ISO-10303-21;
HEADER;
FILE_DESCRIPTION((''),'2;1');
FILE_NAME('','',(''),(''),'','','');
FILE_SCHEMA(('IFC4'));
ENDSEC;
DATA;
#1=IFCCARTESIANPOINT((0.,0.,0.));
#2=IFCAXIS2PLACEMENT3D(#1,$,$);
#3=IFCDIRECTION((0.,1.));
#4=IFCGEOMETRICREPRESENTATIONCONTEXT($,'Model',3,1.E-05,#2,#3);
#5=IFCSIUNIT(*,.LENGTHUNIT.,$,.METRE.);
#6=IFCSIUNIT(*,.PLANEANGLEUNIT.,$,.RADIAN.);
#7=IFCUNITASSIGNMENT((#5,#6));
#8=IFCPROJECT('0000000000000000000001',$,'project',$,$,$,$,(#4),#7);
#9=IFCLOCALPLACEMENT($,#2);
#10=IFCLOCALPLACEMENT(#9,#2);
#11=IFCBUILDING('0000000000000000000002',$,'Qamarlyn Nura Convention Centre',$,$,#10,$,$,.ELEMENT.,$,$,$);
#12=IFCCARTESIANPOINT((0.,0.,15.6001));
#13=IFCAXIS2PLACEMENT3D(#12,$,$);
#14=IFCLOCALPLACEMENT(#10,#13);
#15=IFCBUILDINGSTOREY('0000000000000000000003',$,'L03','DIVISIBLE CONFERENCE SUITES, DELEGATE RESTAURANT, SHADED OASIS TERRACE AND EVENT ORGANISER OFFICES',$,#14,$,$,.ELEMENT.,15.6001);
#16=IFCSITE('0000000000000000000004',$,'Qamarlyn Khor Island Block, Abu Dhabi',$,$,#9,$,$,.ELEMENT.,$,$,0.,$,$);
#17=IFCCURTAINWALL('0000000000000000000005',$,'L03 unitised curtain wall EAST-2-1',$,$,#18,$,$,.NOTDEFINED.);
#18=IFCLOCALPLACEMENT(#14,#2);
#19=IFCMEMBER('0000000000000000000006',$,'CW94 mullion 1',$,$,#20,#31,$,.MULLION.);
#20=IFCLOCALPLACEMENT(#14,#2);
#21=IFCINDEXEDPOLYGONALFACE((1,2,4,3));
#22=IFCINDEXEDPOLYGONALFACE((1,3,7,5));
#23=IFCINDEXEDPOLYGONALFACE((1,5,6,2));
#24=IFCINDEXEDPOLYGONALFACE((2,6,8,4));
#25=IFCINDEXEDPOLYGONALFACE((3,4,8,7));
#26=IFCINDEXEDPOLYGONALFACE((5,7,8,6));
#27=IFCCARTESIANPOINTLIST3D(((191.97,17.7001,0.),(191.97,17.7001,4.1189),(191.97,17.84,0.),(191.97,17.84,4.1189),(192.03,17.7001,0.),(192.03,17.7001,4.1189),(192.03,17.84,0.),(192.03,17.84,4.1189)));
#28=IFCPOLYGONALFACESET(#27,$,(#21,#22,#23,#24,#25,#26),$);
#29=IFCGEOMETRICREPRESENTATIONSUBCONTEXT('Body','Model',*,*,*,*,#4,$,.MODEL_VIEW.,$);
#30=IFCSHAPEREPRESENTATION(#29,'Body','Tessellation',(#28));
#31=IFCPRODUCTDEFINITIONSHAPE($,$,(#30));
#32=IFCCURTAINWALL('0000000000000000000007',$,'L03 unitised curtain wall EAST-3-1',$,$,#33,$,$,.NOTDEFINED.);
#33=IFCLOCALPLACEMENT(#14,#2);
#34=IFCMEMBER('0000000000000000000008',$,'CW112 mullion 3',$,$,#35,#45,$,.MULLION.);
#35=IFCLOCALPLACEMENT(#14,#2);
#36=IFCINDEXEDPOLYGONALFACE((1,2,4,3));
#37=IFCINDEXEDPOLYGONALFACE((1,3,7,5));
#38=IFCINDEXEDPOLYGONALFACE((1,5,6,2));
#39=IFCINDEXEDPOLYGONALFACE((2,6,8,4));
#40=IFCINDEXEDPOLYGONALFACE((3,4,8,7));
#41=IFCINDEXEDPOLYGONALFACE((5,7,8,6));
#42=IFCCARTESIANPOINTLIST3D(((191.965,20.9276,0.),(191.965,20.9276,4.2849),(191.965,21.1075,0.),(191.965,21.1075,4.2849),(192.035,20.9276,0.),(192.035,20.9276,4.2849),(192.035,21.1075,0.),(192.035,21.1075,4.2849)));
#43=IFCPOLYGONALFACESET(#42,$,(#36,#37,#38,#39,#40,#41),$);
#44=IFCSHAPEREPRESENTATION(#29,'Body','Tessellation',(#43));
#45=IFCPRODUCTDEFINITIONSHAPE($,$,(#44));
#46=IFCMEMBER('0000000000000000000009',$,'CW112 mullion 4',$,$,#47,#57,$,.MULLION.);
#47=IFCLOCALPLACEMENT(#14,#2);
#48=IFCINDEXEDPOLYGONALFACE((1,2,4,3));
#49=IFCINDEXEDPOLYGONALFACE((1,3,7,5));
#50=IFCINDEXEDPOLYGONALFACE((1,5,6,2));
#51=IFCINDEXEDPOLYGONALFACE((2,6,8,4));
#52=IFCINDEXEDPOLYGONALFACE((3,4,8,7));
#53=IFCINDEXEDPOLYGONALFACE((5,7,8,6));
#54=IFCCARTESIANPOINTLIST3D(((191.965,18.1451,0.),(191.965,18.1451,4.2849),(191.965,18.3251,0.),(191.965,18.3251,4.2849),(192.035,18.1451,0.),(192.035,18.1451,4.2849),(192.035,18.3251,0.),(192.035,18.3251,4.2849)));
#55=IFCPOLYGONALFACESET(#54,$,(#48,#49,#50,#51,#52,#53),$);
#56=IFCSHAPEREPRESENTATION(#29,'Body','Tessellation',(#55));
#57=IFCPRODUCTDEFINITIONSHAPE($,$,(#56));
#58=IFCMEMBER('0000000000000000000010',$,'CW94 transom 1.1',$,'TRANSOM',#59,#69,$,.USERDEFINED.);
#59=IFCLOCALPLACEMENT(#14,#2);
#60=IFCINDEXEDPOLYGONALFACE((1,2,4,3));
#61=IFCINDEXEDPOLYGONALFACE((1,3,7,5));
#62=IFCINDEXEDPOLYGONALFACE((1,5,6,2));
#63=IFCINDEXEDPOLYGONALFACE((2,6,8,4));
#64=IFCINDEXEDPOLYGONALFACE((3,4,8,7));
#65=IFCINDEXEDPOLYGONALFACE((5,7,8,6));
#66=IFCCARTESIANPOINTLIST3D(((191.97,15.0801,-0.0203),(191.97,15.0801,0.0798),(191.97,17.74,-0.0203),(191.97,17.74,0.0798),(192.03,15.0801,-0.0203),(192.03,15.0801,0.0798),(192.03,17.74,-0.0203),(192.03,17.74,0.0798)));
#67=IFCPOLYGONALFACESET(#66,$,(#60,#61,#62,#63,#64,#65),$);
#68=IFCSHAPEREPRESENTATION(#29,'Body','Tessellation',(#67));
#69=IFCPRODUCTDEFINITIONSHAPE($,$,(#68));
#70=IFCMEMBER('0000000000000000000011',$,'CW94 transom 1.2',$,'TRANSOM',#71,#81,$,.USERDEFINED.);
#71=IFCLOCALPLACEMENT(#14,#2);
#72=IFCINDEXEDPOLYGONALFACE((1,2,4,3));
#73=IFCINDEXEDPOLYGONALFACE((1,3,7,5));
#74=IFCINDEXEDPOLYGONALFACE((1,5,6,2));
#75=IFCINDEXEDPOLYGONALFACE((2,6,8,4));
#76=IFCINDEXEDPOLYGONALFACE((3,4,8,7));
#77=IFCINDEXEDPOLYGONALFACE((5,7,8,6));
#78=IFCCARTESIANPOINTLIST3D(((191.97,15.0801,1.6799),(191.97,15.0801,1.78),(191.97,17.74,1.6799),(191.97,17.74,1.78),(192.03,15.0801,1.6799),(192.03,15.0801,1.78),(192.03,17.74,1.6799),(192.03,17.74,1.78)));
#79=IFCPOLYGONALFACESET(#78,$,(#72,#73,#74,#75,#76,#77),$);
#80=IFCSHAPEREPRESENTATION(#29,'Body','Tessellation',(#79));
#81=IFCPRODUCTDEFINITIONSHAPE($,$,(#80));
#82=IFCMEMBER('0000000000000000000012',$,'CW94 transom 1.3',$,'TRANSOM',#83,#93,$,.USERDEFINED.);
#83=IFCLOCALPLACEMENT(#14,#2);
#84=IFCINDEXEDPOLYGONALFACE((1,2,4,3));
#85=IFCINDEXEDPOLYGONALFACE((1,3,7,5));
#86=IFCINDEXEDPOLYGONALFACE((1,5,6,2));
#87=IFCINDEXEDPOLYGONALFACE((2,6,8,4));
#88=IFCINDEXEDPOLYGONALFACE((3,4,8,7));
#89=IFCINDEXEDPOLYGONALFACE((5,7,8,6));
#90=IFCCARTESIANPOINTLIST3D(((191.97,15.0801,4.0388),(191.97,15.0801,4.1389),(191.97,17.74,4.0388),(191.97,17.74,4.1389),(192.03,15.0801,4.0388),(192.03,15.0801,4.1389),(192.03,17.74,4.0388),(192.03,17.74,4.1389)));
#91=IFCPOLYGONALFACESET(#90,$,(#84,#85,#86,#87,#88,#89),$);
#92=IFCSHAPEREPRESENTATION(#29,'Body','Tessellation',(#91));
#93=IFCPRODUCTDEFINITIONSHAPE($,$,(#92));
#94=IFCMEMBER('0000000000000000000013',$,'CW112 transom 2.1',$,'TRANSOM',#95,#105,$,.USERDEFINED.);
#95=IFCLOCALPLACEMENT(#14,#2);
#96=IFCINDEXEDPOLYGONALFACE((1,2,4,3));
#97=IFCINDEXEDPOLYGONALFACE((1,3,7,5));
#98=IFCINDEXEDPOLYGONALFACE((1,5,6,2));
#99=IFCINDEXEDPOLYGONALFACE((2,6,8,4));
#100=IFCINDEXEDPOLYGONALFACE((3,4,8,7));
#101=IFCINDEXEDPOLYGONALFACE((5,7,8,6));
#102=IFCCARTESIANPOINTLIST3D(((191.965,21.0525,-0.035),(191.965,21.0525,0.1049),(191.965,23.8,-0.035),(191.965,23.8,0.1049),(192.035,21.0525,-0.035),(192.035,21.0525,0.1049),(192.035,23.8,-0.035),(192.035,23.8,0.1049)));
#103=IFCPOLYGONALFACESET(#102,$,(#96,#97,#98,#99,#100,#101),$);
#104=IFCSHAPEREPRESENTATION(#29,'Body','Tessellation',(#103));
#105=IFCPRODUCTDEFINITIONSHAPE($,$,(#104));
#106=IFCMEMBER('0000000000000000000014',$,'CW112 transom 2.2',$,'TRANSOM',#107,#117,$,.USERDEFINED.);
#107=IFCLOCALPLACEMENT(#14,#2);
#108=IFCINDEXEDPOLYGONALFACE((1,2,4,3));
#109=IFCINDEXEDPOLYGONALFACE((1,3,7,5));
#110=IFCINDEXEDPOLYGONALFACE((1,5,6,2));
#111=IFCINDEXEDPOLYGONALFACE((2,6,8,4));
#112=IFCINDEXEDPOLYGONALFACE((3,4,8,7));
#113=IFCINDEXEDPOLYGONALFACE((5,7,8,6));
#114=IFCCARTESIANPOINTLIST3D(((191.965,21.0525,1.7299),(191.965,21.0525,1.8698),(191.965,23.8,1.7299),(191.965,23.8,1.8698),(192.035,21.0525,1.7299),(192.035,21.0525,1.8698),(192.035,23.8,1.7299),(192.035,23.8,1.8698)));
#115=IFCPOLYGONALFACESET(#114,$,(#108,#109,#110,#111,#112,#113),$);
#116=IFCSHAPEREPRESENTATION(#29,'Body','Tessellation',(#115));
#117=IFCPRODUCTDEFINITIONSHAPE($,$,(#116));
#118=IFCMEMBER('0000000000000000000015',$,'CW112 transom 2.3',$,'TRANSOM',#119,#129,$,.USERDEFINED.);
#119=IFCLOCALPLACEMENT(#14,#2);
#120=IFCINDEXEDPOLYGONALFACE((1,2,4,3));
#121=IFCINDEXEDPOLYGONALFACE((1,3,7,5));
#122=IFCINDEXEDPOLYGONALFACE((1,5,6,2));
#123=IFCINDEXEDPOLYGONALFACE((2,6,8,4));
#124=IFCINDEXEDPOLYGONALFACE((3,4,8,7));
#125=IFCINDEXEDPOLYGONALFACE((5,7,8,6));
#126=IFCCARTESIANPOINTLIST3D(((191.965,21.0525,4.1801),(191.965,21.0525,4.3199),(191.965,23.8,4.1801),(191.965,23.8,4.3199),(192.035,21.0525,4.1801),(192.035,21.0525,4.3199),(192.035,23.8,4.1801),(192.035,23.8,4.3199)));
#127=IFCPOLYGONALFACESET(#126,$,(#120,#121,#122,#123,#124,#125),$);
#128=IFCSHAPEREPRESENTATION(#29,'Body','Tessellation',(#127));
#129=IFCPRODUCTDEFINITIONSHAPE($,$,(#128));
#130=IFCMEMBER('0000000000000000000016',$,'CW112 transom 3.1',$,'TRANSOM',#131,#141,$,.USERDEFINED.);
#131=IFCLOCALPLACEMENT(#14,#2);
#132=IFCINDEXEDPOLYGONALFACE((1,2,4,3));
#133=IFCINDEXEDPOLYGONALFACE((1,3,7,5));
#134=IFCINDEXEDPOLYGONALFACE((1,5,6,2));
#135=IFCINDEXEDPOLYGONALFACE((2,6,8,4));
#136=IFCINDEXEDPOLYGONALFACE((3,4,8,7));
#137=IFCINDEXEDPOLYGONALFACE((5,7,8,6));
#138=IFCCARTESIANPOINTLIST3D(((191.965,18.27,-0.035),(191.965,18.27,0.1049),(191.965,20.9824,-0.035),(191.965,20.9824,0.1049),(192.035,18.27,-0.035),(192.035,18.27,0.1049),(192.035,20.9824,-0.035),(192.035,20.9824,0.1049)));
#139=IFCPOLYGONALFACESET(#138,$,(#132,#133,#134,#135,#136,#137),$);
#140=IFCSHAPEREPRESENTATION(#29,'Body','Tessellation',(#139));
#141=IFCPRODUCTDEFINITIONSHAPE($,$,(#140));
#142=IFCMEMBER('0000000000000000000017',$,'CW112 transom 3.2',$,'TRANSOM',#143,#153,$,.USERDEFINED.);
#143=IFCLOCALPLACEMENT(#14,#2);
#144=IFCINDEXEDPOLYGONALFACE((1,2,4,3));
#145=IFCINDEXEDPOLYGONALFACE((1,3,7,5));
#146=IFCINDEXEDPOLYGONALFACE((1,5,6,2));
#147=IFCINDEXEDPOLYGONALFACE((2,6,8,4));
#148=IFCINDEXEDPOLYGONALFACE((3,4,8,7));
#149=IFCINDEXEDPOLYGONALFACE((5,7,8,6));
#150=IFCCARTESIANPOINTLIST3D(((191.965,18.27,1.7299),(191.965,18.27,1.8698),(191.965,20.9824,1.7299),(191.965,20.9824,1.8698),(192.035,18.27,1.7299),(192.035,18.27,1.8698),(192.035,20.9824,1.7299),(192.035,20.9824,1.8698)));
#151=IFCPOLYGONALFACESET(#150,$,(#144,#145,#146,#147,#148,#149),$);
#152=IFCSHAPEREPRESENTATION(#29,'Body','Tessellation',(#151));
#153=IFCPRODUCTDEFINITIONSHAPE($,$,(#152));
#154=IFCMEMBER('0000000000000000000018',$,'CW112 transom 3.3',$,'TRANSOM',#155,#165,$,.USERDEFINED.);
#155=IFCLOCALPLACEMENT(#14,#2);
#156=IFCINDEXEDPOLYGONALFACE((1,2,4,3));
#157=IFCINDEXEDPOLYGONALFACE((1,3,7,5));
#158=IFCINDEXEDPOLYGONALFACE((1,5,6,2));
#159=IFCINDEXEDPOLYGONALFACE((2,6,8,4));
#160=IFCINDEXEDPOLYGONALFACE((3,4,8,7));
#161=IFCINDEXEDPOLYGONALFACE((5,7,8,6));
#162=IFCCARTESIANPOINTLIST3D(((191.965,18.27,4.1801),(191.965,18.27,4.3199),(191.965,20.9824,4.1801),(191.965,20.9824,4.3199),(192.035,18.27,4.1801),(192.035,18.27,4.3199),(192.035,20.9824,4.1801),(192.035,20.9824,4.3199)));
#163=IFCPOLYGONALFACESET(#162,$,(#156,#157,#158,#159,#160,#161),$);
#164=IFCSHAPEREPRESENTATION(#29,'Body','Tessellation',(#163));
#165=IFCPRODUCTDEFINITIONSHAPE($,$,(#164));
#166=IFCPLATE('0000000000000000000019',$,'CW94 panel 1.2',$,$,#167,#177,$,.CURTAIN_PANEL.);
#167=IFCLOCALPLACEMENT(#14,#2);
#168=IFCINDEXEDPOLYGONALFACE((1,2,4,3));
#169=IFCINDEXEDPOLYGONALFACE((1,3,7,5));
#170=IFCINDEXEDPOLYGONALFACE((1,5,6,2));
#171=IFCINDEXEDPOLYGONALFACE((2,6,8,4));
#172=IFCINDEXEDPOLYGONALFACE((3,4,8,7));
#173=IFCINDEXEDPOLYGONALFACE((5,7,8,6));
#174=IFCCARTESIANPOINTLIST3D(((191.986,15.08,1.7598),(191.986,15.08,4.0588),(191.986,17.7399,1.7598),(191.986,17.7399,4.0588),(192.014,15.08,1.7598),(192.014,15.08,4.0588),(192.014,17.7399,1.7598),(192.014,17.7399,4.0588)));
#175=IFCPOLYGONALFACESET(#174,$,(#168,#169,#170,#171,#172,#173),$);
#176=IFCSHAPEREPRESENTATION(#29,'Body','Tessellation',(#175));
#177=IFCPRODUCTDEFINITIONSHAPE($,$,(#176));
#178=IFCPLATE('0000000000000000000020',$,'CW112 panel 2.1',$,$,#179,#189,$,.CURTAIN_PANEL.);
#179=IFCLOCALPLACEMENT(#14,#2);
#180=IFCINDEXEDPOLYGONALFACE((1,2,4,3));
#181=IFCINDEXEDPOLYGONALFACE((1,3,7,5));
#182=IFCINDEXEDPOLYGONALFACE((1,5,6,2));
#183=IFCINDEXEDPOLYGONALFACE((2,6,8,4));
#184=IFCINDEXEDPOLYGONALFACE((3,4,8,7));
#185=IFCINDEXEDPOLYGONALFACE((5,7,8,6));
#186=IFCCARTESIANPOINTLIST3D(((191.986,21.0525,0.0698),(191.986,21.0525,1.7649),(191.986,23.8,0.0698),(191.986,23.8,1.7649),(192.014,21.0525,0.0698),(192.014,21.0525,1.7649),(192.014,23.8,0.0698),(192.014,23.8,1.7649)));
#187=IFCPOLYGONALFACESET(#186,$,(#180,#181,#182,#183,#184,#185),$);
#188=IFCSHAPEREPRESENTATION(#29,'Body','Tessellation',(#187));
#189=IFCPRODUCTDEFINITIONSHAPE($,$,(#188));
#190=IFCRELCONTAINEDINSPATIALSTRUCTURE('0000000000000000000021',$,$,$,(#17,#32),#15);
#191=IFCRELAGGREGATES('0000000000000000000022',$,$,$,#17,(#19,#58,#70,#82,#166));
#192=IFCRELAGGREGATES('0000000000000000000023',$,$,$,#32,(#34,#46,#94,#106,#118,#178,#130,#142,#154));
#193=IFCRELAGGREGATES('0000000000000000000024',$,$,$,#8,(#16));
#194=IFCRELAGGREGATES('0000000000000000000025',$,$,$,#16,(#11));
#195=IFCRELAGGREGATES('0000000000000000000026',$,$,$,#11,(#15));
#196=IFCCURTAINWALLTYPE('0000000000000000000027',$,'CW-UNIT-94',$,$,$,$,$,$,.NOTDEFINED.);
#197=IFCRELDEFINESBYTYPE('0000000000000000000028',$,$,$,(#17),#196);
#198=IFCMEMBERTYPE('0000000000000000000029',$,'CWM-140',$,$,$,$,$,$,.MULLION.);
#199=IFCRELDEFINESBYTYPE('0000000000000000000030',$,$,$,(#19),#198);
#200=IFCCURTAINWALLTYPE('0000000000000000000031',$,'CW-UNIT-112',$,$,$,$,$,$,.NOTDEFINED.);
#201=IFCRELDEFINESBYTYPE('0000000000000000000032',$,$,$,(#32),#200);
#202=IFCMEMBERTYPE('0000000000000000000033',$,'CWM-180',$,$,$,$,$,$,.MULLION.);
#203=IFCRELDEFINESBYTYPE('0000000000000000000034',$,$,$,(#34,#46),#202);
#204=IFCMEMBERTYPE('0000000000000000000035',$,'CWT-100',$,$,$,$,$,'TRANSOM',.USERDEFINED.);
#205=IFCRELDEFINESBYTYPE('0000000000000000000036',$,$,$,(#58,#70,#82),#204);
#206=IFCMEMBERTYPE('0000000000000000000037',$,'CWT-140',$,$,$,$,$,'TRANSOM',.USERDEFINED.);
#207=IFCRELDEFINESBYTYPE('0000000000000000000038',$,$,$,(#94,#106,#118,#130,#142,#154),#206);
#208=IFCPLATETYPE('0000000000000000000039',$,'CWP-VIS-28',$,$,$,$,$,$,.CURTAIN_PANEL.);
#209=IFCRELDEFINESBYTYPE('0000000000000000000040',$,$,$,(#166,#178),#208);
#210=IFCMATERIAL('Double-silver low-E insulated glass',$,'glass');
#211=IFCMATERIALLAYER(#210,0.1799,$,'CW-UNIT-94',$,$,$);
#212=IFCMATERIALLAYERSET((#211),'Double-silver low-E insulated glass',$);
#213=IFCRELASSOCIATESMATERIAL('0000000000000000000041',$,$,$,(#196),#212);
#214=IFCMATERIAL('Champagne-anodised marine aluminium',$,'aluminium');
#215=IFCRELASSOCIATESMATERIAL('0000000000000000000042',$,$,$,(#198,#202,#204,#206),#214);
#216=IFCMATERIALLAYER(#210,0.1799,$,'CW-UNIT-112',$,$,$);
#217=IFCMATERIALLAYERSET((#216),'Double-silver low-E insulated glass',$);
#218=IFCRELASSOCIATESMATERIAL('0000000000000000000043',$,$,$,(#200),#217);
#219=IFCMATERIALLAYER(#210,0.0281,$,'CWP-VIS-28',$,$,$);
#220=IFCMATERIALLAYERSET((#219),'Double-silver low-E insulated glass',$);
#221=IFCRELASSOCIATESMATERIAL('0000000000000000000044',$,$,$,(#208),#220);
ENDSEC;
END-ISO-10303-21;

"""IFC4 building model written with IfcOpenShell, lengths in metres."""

from ifc_helpers import new_model, si_unit, direction, frame, origin, origin_2d, place, context, subcontext, project, spatial, rectangle, extrude, material, layer, layer_set, material_profile, profile_set, type_object, element, aggregate, save


model = new_model("IFC4")

# Units and contexts
model_context = context("Model", 3, precision=1e-05, world=origin(), true_north=direction((0.0, 1.0)))
body_context = subcontext(model_context, "Body", "Model", "MODEL_VIEW")
ifc_project = project(units=[si_unit("LENGTHUNIT", "METRE"), si_unit("PLANEANGLEUNIT", "RADIAN")], contexts=[model_context])

# Site, building, storey
site_placement = place(None, origin())
site = spatial("IfcSite", under=ifc_project, at=site_placement, Name="Qamarlyn Khor Island Block, Abu Dhabi", CompositionType="ELEMENT", RefElevation=0.0)
building_placement = place(site_placement, origin())
building = spatial("IfcBuilding", under=site, at=building_placement, Name="Qamarlyn Nura Convention Centre", CompositionType="ELEMENT")
storey_placement = place(building_placement, frame((0.0, 0.0, 15.6001)))
storey = spatial("IfcBuildingStorey", under=building, at=storey_placement, Name="L03", Description="DIVISIBLE CONFERENCE SUITES, DELEGATE RESTAURANT, SHADED OASIS TERRACE AND EVENT ORGANISER OFFICES", CompositionType="ELEMENT", Elevation=15.6001)

# Curtain wall, member
ifc_material_1 = material(Name="Double-silver low-E insulated glass", Category="glass")
ifc_layer_1 = layer(ifc_material_1, 0.1799, Name="CW-UNIT-94")
ifc_layer_set_1 = layer_set([ifc_layer_1], Name="Double-silver low-E insulated glass")
curtain_wall_type_1 = type_object("IfcCurtainWallType", Name="CW-UNIT-94", PredefinedType="NOTDEFINED", material=ifc_layer_set_1)
curtain_wall_1_placement = place(storey_placement, origin())
curtain_wall_1 = element("IfcCurtainWall", 1, at=curtain_wall_1_placement, inside=storey, type_object=curtain_wall_type_1, Name="L03 unitised curtain wall EAST-2-1", PredefinedType="NOTDEFINED")
ifc_material_2 = material(Name="Champagne-anodised marine aluminium", Category="aluminium")
ifc_material_profile_1 = material_profile(ifc_material_2, rectangle(XDim=0.0601, YDim=0.1399, at=origin_2d()), Name="ALU MULLION 60x140")
ifc_profile_set_1 = profile_set([ifc_material_profile_1], Name="Champagne-anodised marine aluminium")
member_type_1 = type_object("IfcMemberType", Name="CWM-140", PredefinedType="MULLION", material=ifc_profile_set_1)
member_1_placement = place(storey_placement, frame((192.0, 17.77, 0.0), z_axis=(0.0, 0.0, 1.0), x_axis=(1.0, 0.0, 0.0)))
member_1 = element("IfcMember", 2, at=member_1_placement, type_object=member_type_1, Name="CW94 mullion 1", PredefinedType="MULLION", context=body_context, shape_type="SweptSolid", body=[
    extrude(rectangle(XDim=0.0601, YDim=0.1399, at=origin_2d()), origin(), (0.0, 0.0, 1.0), 4.1189),
])

# Curtain wall, members
ifc_layer_2 = layer(ifc_material_1, 0.1799, Name="CW-UNIT-112")
ifc_layer_set_2 = layer_set([ifc_layer_2], Name="Double-silver low-E insulated glass")
curtain_wall_type_2 = type_object("IfcCurtainWallType", Name="CW-UNIT-112", PredefinedType="NOTDEFINED", material=ifc_layer_set_2)
curtain_wall_2_placement = place(storey_placement, origin())
curtain_wall_2 = element("IfcCurtainWall", 3, at=curtain_wall_2_placement, inside=storey, type_object=curtain_wall_type_2, Name="L03 unitised curtain wall EAST-3-1", PredefinedType="NOTDEFINED")
ifc_material_profile_2 = material_profile(ifc_material_2, rectangle(XDim=0.0701, YDim=0.1799, at=origin_2d()), Name="ALU MULLION 70x180")
ifc_profile_set_2 = profile_set([ifc_material_profile_2], Name="Champagne-anodised marine aluminium")
member_type_2 = type_object("IfcMemberType", Name="CWM-180", PredefinedType="MULLION", material=ifc_profile_set_2)
member_2_placement = place(storey_placement, frame((192.0, 21.0176, 0.0), z_axis=(0.0, 0.0, 1.0), x_axis=(1.0, 0.0, 0.0)))
member_2 = element("IfcMember", 4, at=member_2_placement, type_object=member_type_2, Name="CW112 mullion 3", PredefinedType="MULLION", context=body_context, shape_type="SweptSolid", body=[
    extrude(rectangle(XDim=0.0701, YDim=0.1799, at=origin_2d()), origin(), (0.0, 0.0, 1.0), 4.2849),
])
member_3_placement = place(storey_placement, frame((192.0, 18.2351, 0.0), z_axis=(0.0, 0.0, 1.0), x_axis=(1.0, 0.0, 0.0)))
member_3 = element("IfcMember", 5, at=member_3_placement, type_object=member_type_2, Name="CW112 mullion 4", PredefinedType="MULLION", context=body_context, shape_type="SweptSolid", body=[
    extrude(rectangle(XDim=0.0701, YDim=0.1799, at=origin_2d()), origin(), (0.0, 0.0, 1.0), 4.2849),
])

# Members
ifc_material_profile_3 = material_profile(ifc_material_2, rectangle(XDim=0.0601, YDim=0.1001, at=origin_2d()), Name="ALU TRANSOM 60x100")
ifc_profile_set_3 = profile_set([ifc_material_profile_3], Name="Champagne-anodised marine aluminium")
member_type_3 = type_object("IfcMemberType", Name="CWT-100", ElementType="TRANSOM", PredefinedType="USERDEFINED", material=ifc_profile_set_3)
member_4_placement = place(storey_placement, frame((192.0, 17.74, 0.0298), z_axis=(0.0, -1.0, 0.0), x_axis=(1.0, 0.0, 0.0)))
member_4 = element("IfcMember", 6, at=member_4_placement, type_object=member_type_3, Name="CW94 transom 1.1", ObjectType="TRANSOM", PredefinedType="USERDEFINED", context=body_context, shape_type="SweptSolid", body=[
    extrude(rectangle(XDim=0.0601, YDim=0.1001, at=origin_2d()), origin(), (0.0, 0.0, 1.0), 2.6599),
])
member_5_placement = place(storey_placement, frame((192.0, 17.74, 1.73), z_axis=(0.0, -1.0, 0.0), x_axis=(1.0, 0.0, 0.0)))
member_5 = element("IfcMember", 7, at=member_5_placement, type_object=member_type_3, Name="CW94 transom 1.2", ObjectType="TRANSOM", PredefinedType="USERDEFINED", context=body_context, shape_type="SweptSolid", body=[
    extrude(rectangle(XDim=0.0601, YDim=0.1001, at=origin_2d()), origin(), (0.0, 0.0, 1.0), 2.6599),
])
member_6_placement = place(storey_placement, frame((192.0, 17.74, 4.0889), z_axis=(0.0, -1.0, 0.0), x_axis=(1.0, 0.0, 0.0)))
member_6 = element("IfcMember", 8, at=member_6_placement, type_object=member_type_3, Name="CW94 transom 1.3", ObjectType="TRANSOM", PredefinedType="USERDEFINED", context=body_context, shape_type="SweptSolid", body=[
    extrude(rectangle(XDim=0.0601, YDim=0.1001, at=origin_2d()), origin(), (0.0, 0.0, 1.0), 2.6599),
])
ifc_material_profile_4 = material_profile(ifc_material_2, rectangle(XDim=0.0701, YDim=0.1399, at=origin_2d()), Name="ALU TRANSOM 70x140")
ifc_profile_set_4 = profile_set([ifc_material_profile_4], Name="Champagne-anodised marine aluminium")
member_type_4 = type_object("IfcMemberType", Name="CWT-140", ElementType="TRANSOM", PredefinedType="USERDEFINED", material=ifc_profile_set_4)
member_7_placement = place(storey_placement, frame((192.0, 23.8, 0.0349), z_axis=(0.0, -1.0, 0.0), x_axis=(1.0, 0.0, 0.0)))
member_7 = element("IfcMember", 9, at=member_7_placement, type_object=member_type_4, Name="CW112 transom 2.1", ObjectType="TRANSOM", PredefinedType="USERDEFINED", context=body_context, shape_type="SweptSolid", body=[
    extrude(rectangle(XDim=0.0701, YDim=0.1399, at=origin_2d()), origin(), (0.0, 0.0, 1.0), 2.7476),
])
member_8_placement = place(storey_placement, frame((192.0, 23.8, 1.7998), z_axis=(0.0, -1.0, 0.0), x_axis=(1.0, 0.0, 0.0)))
member_8 = element("IfcMember", 10, at=member_8_placement, type_object=member_type_4, Name="CW112 transom 2.2", ObjectType="TRANSOM", PredefinedType="USERDEFINED", context=body_context, shape_type="SweptSolid", body=[
    extrude(rectangle(XDim=0.0701, YDim=0.1399, at=origin_2d()), origin(), (0.0, 0.0, 1.0), 2.7476),
])
member_9_placement = place(storey_placement, frame((192.0, 23.8, 4.25), z_axis=(0.0, -1.0, 0.0), x_axis=(1.0, 0.0, 0.0)))
member_9 = element("IfcMember", 11, at=member_9_placement, type_object=member_type_4, Name="CW112 transom 2.3", ObjectType="TRANSOM", PredefinedType="USERDEFINED", context=body_context, shape_type="SweptSolid", body=[
    extrude(rectangle(XDim=0.0701, YDim=0.1399, at=origin_2d()), origin(), (0.0, 0.0, 1.0), 2.7476),
])
member_10_placement = place(storey_placement, frame((192.0, 20.9824, 0.0349), z_axis=(0.0, -1.0, 0.0), x_axis=(1.0, 0.0, 0.0)))
member_10 = element("IfcMember", 12, at=member_10_placement, type_object=member_type_4, Name="CW112 transom 3.1", ObjectType="TRANSOM", PredefinedType="USERDEFINED", context=body_context, shape_type="SweptSolid", body=[
    extrude(rectangle(XDim=0.0701, YDim=0.1399, at=origin_2d()), origin(), (0.0, 0.0, 1.0), 2.7124),
])
member_11_placement = place(storey_placement, frame((192.0, 20.9824, 1.7998), z_axis=(0.0, -1.0, 0.0), x_axis=(1.0, 0.0, 0.0)))
member_11 = element("IfcMember", 13, at=member_11_placement, type_object=member_type_4, Name="CW112 transom 3.2", ObjectType="TRANSOM", PredefinedType="USERDEFINED", context=body_context, shape_type="SweptSolid", body=[
    extrude(rectangle(XDim=0.0701, YDim=0.1399, at=origin_2d()), origin(), (0.0, 0.0, 1.0), 2.7124),
])
member_12_placement = place(storey_placement, frame((192.0, 20.9824, 4.25), z_axis=(0.0, -1.0, 0.0), x_axis=(1.0, 0.0, 0.0)))
member_12 = element("IfcMember", 14, at=member_12_placement, type_object=member_type_4, Name="CW112 transom 3.3", ObjectType="TRANSOM", PredefinedType="USERDEFINED", context=body_context, shape_type="SweptSolid", body=[
    extrude(rectangle(XDim=0.0701, YDim=0.1399, at=origin_2d()), origin(), (0.0, 0.0, 1.0), 2.7124),
])

# Plates
ifc_layer_3 = layer(ifc_material_1, 0.0281, Name="CWP-VIS-28")
ifc_layer_set_3 = layer_set([ifc_layer_3], Name="Double-silver low-E insulated glass")
plate_type = type_object("IfcPlateType", Name="CWP-VIS-28", PredefinedType="CURTAIN_PANEL", material=ifc_layer_set_3)
plate_1_placement = place(storey_placement, frame((192.0, 16.4099, 1.7598), z_axis=(0.0, 0.0, 1.0), x_axis=(0.0, -1.0, 0.0)))
plate_1 = element("IfcPlate", 15, at=plate_1_placement, type_object=plate_type, Name="CW94 panel 1.2", PredefinedType="CURTAIN_PANEL", context=body_context, shape_type="SweptSolid", body=[
    extrude(rectangle(XDim=2.6599, YDim=0.0281, at=origin_2d()), origin(), (0.0, 0.0, 1.0), 2.2991),
])
aggregate(curtain_wall_1, [member_1, member_4, member_5, member_6, plate_1])
plate_2_placement = place(storey_placement, frame((192.0, 22.4263, 0.0698), z_axis=(0.0, 0.0, 1.0), x_axis=(0.0, -1.0, 0.0)))
plate_2 = element("IfcPlate", 16, at=plate_2_placement, type_object=plate_type, Name="CW112 panel 2.1", PredefinedType="CURTAIN_PANEL", context=body_context, shape_type="SweptSolid", body=[
    extrude(rectangle(XDim=2.7476, YDim=0.0281, at=origin_2d()), origin(), (0.0, 0.0, 1.0), 1.6951),
])
aggregate(curtain_wall_2, [member_2, member_3, member_7, member_8, member_9, plate_2, member_10, member_11, member_12])

save(model, "model.ifc")
